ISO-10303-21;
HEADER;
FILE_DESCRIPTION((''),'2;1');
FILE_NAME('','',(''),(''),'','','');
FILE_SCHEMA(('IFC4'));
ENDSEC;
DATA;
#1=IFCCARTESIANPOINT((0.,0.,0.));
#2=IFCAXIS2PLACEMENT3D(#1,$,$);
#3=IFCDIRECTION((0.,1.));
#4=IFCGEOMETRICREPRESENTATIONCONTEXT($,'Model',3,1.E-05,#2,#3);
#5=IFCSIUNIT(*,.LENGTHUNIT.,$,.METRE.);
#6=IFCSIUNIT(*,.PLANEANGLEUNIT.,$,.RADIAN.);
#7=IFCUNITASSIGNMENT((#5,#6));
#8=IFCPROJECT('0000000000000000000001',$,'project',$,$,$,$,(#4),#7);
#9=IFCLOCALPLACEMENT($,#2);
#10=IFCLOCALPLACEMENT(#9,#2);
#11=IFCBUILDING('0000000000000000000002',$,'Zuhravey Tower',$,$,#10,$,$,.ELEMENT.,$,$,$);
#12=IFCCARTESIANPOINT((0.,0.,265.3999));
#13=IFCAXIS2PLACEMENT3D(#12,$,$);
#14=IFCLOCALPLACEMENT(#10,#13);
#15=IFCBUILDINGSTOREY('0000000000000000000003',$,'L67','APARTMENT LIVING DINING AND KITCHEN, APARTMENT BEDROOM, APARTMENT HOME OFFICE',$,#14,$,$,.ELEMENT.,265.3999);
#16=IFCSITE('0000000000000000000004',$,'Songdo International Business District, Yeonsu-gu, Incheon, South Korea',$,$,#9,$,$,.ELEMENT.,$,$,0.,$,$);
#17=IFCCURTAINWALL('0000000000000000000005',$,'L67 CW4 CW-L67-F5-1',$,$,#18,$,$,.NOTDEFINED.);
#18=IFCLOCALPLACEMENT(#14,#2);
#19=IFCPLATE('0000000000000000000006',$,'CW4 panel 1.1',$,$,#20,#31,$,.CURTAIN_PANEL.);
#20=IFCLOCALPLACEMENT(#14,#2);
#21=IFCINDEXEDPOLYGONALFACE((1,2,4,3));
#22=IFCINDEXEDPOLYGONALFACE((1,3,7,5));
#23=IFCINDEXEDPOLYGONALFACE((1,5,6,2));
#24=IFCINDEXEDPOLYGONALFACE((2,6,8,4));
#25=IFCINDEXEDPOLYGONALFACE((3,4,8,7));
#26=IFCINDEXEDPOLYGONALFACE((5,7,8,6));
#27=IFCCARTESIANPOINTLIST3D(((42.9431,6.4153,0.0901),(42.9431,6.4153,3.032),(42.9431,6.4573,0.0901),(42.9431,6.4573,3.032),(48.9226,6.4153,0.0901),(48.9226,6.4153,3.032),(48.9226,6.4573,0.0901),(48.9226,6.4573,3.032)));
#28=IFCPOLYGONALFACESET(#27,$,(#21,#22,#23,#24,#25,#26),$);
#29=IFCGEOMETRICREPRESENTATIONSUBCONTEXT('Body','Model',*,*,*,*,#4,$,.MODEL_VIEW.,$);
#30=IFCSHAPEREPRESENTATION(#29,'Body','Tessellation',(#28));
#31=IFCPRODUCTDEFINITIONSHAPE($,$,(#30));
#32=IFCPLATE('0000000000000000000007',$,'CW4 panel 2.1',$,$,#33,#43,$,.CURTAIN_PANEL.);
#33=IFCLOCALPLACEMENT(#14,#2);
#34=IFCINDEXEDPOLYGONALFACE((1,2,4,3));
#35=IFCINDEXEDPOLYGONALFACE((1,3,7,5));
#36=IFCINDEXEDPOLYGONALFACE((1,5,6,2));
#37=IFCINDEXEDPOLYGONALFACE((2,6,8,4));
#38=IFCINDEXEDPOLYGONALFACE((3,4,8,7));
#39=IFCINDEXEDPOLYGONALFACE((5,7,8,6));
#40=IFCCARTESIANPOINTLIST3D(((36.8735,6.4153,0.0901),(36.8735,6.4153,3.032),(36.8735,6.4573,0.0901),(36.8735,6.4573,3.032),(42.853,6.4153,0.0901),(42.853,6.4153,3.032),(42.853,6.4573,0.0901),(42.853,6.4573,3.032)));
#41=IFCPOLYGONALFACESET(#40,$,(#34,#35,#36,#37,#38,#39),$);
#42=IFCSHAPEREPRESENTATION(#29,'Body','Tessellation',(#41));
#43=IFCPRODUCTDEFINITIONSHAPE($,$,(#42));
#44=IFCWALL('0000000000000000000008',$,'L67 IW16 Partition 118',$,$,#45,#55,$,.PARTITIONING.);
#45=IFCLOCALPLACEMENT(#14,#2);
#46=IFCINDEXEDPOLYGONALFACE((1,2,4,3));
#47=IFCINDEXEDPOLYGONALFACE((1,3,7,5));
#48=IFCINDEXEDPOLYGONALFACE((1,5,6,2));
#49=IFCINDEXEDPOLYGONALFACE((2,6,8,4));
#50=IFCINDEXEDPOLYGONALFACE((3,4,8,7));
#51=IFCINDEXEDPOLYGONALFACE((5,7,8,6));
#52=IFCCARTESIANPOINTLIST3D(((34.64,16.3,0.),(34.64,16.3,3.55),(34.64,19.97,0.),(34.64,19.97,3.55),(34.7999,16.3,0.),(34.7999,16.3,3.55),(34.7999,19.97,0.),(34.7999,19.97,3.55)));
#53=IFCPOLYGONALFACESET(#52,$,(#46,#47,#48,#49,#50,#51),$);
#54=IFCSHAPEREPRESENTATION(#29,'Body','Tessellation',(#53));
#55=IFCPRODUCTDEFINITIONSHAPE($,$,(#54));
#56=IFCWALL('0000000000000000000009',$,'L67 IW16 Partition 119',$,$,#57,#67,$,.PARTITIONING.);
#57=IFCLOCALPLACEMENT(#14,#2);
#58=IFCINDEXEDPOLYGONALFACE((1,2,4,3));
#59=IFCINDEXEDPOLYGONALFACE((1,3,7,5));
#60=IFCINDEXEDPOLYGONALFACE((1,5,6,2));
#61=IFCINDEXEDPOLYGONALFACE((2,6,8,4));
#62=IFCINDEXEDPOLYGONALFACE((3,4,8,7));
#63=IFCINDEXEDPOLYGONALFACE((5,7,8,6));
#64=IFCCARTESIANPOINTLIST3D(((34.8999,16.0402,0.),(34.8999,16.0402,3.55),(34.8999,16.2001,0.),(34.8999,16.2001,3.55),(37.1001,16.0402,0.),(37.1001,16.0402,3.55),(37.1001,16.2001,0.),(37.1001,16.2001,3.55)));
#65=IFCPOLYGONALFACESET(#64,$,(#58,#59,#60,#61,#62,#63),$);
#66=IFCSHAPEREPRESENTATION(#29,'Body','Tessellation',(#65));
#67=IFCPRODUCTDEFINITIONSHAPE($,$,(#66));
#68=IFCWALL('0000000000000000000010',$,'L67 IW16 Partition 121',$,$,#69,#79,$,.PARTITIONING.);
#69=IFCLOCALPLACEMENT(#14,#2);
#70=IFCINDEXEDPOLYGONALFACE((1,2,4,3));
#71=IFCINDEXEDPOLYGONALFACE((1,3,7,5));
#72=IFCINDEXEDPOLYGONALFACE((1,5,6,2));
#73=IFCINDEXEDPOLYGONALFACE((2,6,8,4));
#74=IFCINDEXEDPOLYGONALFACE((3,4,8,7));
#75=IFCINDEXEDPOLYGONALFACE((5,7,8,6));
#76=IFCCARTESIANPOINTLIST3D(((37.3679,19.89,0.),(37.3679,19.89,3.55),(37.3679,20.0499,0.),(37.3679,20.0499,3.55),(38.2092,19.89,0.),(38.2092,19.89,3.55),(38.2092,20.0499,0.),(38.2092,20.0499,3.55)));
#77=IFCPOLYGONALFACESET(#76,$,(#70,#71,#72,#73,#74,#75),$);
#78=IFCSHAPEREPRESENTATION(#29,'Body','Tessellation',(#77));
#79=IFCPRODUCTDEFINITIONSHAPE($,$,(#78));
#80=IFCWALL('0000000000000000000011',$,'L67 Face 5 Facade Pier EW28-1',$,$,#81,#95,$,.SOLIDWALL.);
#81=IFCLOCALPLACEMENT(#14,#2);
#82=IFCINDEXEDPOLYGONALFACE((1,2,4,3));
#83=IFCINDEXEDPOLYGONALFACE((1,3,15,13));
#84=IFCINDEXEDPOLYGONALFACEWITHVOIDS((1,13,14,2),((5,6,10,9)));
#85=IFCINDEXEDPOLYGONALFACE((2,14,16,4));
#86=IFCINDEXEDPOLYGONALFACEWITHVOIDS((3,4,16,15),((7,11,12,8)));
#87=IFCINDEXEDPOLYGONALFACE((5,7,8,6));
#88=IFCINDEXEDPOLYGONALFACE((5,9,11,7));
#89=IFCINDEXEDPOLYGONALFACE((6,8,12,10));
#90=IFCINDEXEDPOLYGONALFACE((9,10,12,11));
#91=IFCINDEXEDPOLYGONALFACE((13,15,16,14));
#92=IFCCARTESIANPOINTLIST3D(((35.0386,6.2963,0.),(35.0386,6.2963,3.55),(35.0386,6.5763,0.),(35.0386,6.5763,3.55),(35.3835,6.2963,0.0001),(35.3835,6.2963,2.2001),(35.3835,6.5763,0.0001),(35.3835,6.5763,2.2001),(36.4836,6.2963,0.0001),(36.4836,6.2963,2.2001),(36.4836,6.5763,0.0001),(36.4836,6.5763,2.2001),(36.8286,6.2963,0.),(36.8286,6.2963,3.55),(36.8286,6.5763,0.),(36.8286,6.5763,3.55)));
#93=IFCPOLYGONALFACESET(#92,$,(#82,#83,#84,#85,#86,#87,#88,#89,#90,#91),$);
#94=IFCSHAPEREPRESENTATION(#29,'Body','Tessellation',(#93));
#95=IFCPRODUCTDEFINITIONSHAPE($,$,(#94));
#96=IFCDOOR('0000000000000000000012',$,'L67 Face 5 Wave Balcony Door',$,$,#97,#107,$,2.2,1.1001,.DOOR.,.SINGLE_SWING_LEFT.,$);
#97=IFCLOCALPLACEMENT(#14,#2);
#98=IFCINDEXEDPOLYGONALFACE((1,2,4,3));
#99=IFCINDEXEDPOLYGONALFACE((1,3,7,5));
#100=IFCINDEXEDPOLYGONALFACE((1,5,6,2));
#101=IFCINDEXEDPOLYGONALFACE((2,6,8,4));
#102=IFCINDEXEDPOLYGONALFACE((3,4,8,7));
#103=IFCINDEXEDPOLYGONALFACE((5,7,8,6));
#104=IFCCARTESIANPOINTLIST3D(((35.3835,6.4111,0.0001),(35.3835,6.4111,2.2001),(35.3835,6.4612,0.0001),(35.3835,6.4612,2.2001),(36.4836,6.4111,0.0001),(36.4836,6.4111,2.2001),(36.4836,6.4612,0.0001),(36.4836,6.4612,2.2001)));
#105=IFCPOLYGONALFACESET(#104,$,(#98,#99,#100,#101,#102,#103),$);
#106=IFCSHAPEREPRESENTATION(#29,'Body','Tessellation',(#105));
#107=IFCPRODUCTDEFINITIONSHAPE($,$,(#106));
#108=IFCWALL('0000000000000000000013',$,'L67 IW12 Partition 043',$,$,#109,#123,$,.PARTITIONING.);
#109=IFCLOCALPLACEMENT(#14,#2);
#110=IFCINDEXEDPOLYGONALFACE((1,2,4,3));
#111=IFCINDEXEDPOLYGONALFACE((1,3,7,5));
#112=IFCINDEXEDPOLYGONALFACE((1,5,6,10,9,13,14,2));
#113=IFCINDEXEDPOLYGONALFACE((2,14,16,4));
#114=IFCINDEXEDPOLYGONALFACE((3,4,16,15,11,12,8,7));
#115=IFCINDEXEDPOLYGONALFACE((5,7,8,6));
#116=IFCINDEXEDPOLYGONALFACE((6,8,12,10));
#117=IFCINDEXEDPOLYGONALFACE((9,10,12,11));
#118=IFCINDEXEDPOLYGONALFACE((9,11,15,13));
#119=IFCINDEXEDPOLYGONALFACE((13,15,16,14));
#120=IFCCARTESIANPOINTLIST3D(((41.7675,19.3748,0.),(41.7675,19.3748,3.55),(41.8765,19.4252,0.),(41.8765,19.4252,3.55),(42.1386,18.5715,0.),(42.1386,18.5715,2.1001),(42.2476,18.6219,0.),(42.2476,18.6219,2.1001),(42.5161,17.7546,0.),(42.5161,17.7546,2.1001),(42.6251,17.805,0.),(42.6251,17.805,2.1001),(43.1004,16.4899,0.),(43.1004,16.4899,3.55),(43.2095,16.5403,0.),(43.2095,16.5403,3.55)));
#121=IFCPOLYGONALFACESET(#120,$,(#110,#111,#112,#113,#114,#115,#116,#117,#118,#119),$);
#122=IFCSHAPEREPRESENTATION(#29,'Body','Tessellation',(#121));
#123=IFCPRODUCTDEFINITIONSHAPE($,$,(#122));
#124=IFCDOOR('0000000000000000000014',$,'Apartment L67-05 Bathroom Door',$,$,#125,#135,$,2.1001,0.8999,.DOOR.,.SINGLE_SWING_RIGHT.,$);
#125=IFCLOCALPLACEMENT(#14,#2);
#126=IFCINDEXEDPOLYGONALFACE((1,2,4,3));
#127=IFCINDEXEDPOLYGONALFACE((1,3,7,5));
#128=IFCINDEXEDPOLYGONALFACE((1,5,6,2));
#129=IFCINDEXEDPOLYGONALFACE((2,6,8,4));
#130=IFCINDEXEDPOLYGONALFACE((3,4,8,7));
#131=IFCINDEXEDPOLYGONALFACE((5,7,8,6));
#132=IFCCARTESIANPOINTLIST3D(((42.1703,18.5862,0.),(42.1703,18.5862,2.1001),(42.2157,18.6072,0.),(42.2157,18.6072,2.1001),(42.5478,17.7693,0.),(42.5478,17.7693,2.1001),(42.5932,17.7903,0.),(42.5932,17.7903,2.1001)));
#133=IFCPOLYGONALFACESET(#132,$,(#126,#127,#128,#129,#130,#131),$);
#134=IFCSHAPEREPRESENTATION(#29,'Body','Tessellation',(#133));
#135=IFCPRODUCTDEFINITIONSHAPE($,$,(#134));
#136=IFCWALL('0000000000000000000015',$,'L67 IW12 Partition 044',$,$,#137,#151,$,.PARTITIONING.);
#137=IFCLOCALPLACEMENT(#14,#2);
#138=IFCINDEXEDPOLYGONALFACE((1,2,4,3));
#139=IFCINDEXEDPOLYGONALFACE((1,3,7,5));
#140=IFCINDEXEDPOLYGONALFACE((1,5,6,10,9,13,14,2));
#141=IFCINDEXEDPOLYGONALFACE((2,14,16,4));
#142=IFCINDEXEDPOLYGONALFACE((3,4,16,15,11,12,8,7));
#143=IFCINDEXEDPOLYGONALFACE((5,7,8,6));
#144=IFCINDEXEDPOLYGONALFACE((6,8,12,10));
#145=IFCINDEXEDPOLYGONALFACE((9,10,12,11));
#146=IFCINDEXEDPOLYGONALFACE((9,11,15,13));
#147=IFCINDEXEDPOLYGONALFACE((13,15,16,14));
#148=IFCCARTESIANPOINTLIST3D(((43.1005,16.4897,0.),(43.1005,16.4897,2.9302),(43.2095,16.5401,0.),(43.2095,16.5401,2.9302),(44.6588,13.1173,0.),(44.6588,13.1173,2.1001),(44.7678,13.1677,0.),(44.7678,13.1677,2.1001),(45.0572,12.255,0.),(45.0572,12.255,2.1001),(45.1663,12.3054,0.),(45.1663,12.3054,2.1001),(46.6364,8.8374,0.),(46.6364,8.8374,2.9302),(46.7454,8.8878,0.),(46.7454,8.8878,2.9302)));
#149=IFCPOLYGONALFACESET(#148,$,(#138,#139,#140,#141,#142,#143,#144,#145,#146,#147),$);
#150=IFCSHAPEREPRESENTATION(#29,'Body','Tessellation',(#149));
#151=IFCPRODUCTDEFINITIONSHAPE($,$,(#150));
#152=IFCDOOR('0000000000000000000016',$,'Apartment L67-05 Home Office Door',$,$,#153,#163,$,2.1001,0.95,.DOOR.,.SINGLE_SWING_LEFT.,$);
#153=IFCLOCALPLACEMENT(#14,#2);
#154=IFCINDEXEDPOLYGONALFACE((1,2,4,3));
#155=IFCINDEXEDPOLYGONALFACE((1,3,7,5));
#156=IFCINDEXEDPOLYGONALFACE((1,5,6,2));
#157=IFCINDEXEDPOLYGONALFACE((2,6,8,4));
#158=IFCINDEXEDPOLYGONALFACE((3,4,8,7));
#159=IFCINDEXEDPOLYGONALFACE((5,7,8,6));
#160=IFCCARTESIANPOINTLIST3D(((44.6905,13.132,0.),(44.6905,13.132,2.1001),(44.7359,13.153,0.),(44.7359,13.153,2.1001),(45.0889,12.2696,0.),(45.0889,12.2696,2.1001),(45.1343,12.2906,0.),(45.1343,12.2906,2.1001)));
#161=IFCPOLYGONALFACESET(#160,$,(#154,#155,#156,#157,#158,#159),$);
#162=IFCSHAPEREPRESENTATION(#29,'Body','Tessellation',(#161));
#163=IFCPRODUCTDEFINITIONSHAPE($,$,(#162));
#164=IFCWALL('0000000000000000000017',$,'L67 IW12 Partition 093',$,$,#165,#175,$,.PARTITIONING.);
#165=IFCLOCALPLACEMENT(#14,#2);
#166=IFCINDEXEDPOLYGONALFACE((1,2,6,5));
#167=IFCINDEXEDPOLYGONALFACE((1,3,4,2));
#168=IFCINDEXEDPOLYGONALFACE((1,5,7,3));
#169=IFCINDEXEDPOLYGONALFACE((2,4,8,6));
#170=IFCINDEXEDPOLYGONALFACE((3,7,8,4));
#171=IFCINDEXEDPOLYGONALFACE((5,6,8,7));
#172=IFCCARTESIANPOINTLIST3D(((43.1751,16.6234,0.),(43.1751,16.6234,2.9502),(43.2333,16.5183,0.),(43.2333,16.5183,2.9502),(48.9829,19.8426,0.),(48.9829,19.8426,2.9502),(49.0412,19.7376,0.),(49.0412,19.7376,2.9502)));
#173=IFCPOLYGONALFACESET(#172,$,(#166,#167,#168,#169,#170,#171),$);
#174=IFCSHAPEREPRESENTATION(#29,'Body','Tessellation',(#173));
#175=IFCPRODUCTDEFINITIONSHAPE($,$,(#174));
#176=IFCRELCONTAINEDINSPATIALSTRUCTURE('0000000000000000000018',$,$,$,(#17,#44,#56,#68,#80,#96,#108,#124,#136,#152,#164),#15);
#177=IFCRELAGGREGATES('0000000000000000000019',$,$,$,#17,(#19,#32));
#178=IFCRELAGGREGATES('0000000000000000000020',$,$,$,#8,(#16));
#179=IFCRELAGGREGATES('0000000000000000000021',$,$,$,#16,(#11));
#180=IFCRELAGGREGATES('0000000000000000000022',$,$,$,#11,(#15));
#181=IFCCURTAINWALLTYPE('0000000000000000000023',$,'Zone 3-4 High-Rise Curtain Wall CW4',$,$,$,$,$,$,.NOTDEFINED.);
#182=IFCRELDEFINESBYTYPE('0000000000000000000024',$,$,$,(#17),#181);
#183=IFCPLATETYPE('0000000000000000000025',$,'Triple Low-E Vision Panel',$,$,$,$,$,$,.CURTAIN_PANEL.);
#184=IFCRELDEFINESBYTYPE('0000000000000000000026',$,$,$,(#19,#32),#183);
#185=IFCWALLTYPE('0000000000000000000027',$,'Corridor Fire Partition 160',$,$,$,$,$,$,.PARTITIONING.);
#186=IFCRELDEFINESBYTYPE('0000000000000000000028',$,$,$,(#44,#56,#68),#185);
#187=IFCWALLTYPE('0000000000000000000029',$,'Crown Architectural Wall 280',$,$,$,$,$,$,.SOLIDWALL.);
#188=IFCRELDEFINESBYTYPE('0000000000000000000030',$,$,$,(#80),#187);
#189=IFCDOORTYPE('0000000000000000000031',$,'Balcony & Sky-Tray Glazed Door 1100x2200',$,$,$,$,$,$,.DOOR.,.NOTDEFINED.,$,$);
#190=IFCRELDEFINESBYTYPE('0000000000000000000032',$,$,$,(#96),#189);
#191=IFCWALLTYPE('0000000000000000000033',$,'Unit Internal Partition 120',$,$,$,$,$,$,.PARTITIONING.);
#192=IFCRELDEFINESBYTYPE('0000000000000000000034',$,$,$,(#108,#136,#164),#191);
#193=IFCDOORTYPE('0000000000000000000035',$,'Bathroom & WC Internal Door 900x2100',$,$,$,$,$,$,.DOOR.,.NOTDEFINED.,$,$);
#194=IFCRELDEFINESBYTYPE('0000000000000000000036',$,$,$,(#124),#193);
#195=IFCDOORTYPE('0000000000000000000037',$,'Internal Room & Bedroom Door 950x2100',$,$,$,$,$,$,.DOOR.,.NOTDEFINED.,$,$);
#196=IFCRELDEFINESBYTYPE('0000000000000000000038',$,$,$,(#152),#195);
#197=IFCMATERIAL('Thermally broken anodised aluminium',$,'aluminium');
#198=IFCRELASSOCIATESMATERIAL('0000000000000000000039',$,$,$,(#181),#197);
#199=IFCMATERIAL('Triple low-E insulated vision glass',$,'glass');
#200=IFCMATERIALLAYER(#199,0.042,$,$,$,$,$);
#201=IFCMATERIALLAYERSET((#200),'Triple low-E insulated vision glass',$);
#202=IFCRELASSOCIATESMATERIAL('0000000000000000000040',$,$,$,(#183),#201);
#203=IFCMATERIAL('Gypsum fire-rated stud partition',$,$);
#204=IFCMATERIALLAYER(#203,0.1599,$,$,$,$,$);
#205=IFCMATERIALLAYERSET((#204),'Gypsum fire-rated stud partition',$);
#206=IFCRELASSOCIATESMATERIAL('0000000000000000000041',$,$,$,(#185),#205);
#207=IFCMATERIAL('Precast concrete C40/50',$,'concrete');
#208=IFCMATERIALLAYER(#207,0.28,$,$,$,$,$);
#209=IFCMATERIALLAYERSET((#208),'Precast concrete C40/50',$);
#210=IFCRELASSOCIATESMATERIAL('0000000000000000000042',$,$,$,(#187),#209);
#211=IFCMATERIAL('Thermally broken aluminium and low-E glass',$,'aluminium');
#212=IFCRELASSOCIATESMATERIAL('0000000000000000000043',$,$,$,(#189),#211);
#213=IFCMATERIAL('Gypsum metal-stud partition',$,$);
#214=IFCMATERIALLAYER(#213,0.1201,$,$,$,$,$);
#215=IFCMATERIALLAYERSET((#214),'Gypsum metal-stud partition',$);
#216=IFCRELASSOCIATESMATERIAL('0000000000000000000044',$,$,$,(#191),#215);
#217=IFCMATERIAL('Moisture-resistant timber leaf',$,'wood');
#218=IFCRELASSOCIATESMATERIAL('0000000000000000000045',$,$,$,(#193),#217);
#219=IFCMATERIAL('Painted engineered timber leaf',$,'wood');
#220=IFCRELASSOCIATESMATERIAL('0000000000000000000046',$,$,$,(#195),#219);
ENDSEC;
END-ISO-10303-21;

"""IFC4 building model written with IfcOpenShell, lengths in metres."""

from ifc_helpers import new_model, si_unit, direction, frame, frame_2d, origin, origin_2d, place, context, subcontext, project, spatial, rectangle, extrude, material, layer, layer_set, type_object, element, fill, aggregate, save


model = new_model("IFC4")

# Units and contexts
model_context = context("Model", 3, precision=1e-05, world=origin(), true_north=direction((0.0, 1.0)))
body_context = subcontext(model_context, "Body", "Model", "MODEL_VIEW")
ifc_project = project(units=[si_unit("LENGTHUNIT", "METRE"), si_unit("PLANEANGLEUNIT", "RADIAN")], contexts=[model_context])

# Site, building, storey
site_placement = place(None, origin())
site = spatial("IfcSite", under=ifc_project, at=site_placement, Name="Songdo International Business District, Yeonsu-gu, Incheon, South Korea", CompositionType="ELEMENT", RefElevation=0.0)
building_placement = place(site_placement, origin())
building = spatial("IfcBuilding", under=site, at=building_placement, Name="Zuhravey Tower", CompositionType="ELEMENT")
storey_placement = place(building_placement, frame((0.0, 0.0, 265.3999)))
storey = spatial("IfcBuildingStorey", under=building, at=storey_placement, Name="L67", Description="APARTMENT LIVING DINING AND KITCHEN, APARTMENT BEDROOM, APARTMENT HOME OFFICE", CompositionType="ELEMENT", Elevation=265.3999)

# Curtain wall
ifc_material_1 = material(Name="Thermally broken anodised aluminium", Category="aluminium")
curtain_wall_type = type_object("IfcCurtainWallType", Name="Zone 3-4 High-Rise Curtain Wall CW4", PredefinedType="NOTDEFINED", material=ifc_material_1)
curtain_wall_1_placement = place(storey_placement, origin())
curtain_wall_1 = element("IfcCurtainWall", 1, at=curtain_wall_1_placement, inside=storey, type_object=curtain_wall_type, Name="L67 CW4 CW-L67-F5-1", PredefinedType="NOTDEFINED")

# Plates
ifc_material_2 = material(Name="Triple low-E insulated vision glass", Category="glass")
ifc_layer_1 = layer(ifc_material_2, 0.042)
ifc_layer_set_1 = layer_set([ifc_layer_1], Name="Triple low-E insulated vision glass")
plate_type = type_object("IfcPlateType", Name="Triple Low-E Vision Panel", PredefinedType="CURTAIN_PANEL", material=ifc_layer_set_1)
plate_1_placement = place(storey_placement, frame((45.9329, 6.4363, 0.0901), z_axis=(0.0, 0.0, 1.0), x_axis=(-1.0, 0.0, 0.0)))
plate_1 = element("IfcPlate", 2, at=plate_1_placement, type_object=plate_type, Name="CW4 panel 1.1", PredefinedType="CURTAIN_PANEL", context=body_context, shape_type="SweptSolid", body=[
    extrude(rectangle(XDim=5.9795, YDim=0.042, at=origin_2d()), origin(), (0.0, 0.0, 1.0), 2.9419),
])
plate_2_placement = place(storey_placement, frame((39.8633, 6.4363, 0.0901), z_axis=(0.0, 0.0, 1.0), x_axis=(-1.0, 0.0, 0.0)))
plate_2 = element("IfcPlate", 3, at=plate_2_placement, type_object=plate_type, Name="CW4 panel 2.1", PredefinedType="CURTAIN_PANEL", context=body_context, shape_type="SweptSolid", body=[
    extrude(rectangle(XDim=5.9795, YDim=0.042, at=origin_2d()), origin(), (0.0, 0.0, 1.0), 2.9419),
])
aggregate(curtain_wall_1, [plate_1, plate_2])

# Shared definitions
ifc_material_3 = material(Name="Gypsum fire-rated stud partition")
ifc_layer_2 = layer(ifc_material_3, 0.1599)
ifc_layer_set_2 = layer_set([ifc_layer_2], Name="Gypsum fire-rated stud partition")
wall_type_1 = type_object("IfcWallType", Name="Corridor Fire Partition 160", PredefinedType="PARTITIONING", material=ifc_layer_set_2)

# Walls
wall_1_placement = place(storey_placement, frame((34.72, 19.97, 0.0), z_axis=(0.0, 0.0, 1.0), x_axis=(0.0, -1.0, 0.0)))
element("IfcWall", 4, at=wall_1_placement, inside=storey, type_object=wall_type_1, Name="L67 IW16 Partition 118", PredefinedType="PARTITIONING", context=body_context, shape_type="SweptSolid", body=[
    extrude(rectangle(XDim=3.6699, YDim=0.1599, at=frame_2d((1.835, 0.0))), origin(), (0.0, 0.0, 1.0), 3.55),
])
wall_2_placement = place(storey_placement, frame((34.8999, 16.1201, 0.0), z_axis=(0.0, 0.0, 1.0), x_axis=(1.0, 0.0, 0.0)))
element("IfcWall", 5, at=wall_2_placement, inside=storey, type_object=wall_type_1, Name="L67 IW16 Partition 119", PredefinedType="PARTITIONING", context=body_context, shape_type="SweptSolid", body=[
    extrude(rectangle(XDim=2.2002, YDim=0.1599, at=frame_2d((1.1001, 0.0))), origin(), (0.0, 0.0, 1.0), 3.55),
])
wall_3_placement = place(storey_placement, frame((37.3679, 19.97, 0.0), z_axis=(0.0, 0.0, 1.0), x_axis=(1.0, 0.0, 0.0)))
element("IfcWall", 6, at=wall_3_placement, inside=storey, type_object=wall_type_1, Name="L67 IW16 Partition 121", PredefinedType="PARTITIONING", context=body_context, shape_type="SweptSolid", body=[
    extrude(rectangle(XDim=0.8413, YDim=0.1599, at=frame_2d((0.4207, 0.0))), origin(), (0.0, 0.0, 1.0), 3.55),
])

# Walls, openings, doors
ifc_material_4 = material(Name="Precast concrete C40/50", Category="concrete")
ifc_layer_3 = layer(ifc_material_4, 0.28)
ifc_layer_set_3 = layer_set([ifc_layer_3], Name="Precast concrete C40/50")
wall_type_2 = type_object("IfcWallType", Name="Crown Architectural Wall 280", PredefinedType="SOLIDWALL", material=ifc_layer_set_3)
wall_4_placement = place(storey_placement, frame((36.8286, 6.4363, 0.0), z_axis=(0.0, 0.0, 1.0), x_axis=(-1.0, 0.0, 0.0)))
wall_4 = element("IfcWall", 7, at=wall_4_placement, inside=storey, type_object=wall_type_2, Name="L67 Face 5 Facade Pier EW28-1", PredefinedType="SOLIDWALL", context=body_context, shape_type="SweptSolid", body=[
    extrude(rectangle(XDim=1.79, YDim=0.28, at=frame_2d((0.895, 0.0))), origin(), (0.0, 0.0, 1.0), 3.55),
])
opening_1_placement = place(wall_4_placement, frame((0.345, 0.0, 0.0)))
opening_1 = element("IfcOpeningElement", 8, at=opening_1_placement, cuts=wall_4, PredefinedType="OPENING", context=body_context, shape_type="SweptSolid", body=[
    extrude(rectangle(XDim=1.1001, YDim=2.2, at=frame_2d((0.55, 1.1001))), frame((0.0, 0.1521, 0.0), z_axis=(0.0, -1.0, 0.0), x_axis=(1.0, 0.0, 0.0)), (0.0, 0.0, 1.0), 0.304),
])
ifc_material_5 = material(Name="Thermally broken aluminium and low-E glass", Category="aluminium")
door_type_1 = type_object("IfcDoorType", Name="Balcony & Sky-Tray Glazed Door 1100x2200", OperationType="NOTDEFINED", PredefinedType="DOOR", material=ifc_material_5)
door_1_placement = place(opening_1_placement, frame((1.1001, 0.0, 0.0), z_axis=(0.0, 0.0, 1.0), x_axis=(-1.0, 0.0, 0.0)))
door_1 = element("IfcDoor", 9, at=door_1_placement, inside=storey, type_object=door_type_1, Name="L67 Face 5 Wave Balcony Door", OperationType="SINGLE_SWING_LEFT", OverallHeight=2.2, OverallWidth=1.1001, PredefinedType="DOOR", context=body_context, shape_type="SweptSolid", body=[
    extrude(rectangle(XDim=1.1001, YDim=2.2, at=frame_2d((0.55, 1.1001))), frame((0.0, 0.0249, 0.0), z_axis=(0.0, -1.0, 0.0), x_axis=(1.0, 0.0, 0.0)), (0.0, 0.0, 1.0), 0.05),
])
fill(opening_1, door_1)
ifc_material_6 = material(Name="Gypsum metal-stud partition")
ifc_layer_4 = layer(ifc_material_6, 0.1201)
ifc_layer_set_4 = layer_set([ifc_layer_4], Name="Gypsum metal-stud partition")
wall_type_3 = type_object("IfcWallType", Name="Unit Internal Partition 120", PredefinedType="PARTITIONING", material=ifc_layer_set_4)
wall_5_placement = place(storey_placement, frame((41.822, 19.3999, 0.0), z_axis=(0.0, 0.0, 1.0), x_axis=(0.419438, -0.907784, 0.0)))
wall_5 = element("IfcWall", 10, at=wall_5_placement, inside=storey, type_object=wall_type_3, Name="L67 IW12 Partition 043", PredefinedType="PARTITIONING", context=body_context, shape_type="SweptSolid", body=[
    extrude(rectangle(XDim=3.178, YDim=0.1201, at=frame_2d((1.5889, 0.0))), origin(), (0.0, 0.0, 1.0), 3.55),
])
opening_2_placement = place(wall_5_placement, frame((0.8848, 0.0, 0.0)))
opening_2 = element("IfcOpeningElement", 11, at=opening_2_placement, cuts=wall_5, PredefinedType="OPENING", context=body_context, shape_type="SweptSolid", body=[
    extrude(rectangle(XDim=0.8999, YDim=2.1001, at=frame_2d((0.45, 1.05))), frame((0.0, 0.072, 0.0), z_axis=(0.0, -1.0, 0.0), x_axis=(1.0, 0.0, 0.0)), (0.0, 0.0, 1.0), 0.144),
])
ifc_material_7 = material(Name="Moisture-resistant timber leaf", Category="wood")
door_type_2 = type_object("IfcDoorType", Name="Bathroom & WC Internal Door 900x2100", OperationType="NOTDEFINED", PredefinedType="DOOR", material=ifc_material_7)
door_2_placement = place(opening_2_placement, origin())
door_2 = element("IfcDoor", 12, at=door_2_placement, inside=storey, type_object=door_type_2, Name="Apartment L67-05 Bathroom Door", OperationType="SINGLE_SWING_RIGHT", OverallHeight=2.1001, OverallWidth=0.8999, PredefinedType="DOOR", context=body_context, shape_type="SweptSolid", body=[
    extrude(rectangle(XDim=0.8999, YDim=2.1001, at=frame_2d((0.45, 1.05))), frame((0.0, 0.0249, 0.0), z_axis=(0.0, -1.0, 0.0), x_axis=(1.0, 0.0, 0.0)), (0.0, 0.0, 1.0), 0.05),
])
fill(opening_2, door_2)
wall_6_placement = place(storey_placement, frame((43.155, 16.5149, 0.0), z_axis=(0.0, 0.0, 1.0), x_axis=(0.419453, -0.907777, 0.0)))
wall_6 = element("IfcWall", 13, at=wall_6_placement, inside=storey, type_object=wall_type_3, Name="L67 IW12 Partition 044", PredefinedType="PARTITIONING", context=body_context, shape_type="SweptSolid", body=[
    extrude(rectangle(XDim=8.4297, YDim=0.1201, at=frame_2d((4.2148, 0.0))), origin(), (0.0, 0.0, 1.0), 2.9302),
])
opening_3_placement = place(wall_6_placement, frame((3.7148, 0.0, 0.0)))
opening_3 = element("IfcOpeningElement", 14, at=opening_3_placement, cuts=wall_6, PredefinedType="OPENING", context=body_context, shape_type="SweptSolid", body=[
    extrude(rectangle(XDim=0.95, YDim=2.1001, at=frame_2d((0.4751, 1.05))), frame((0.0, 0.072, 0.0), z_axis=(0.0, -1.0, 0.0), x_axis=(1.0, 0.0, 0.0)), (0.0, 0.0, 1.0), 0.144),
])
ifc_material_8 = material(Name="Painted engineered timber leaf", Category="wood")
door_type_3 = type_object("IfcDoorType", Name="Internal Room & Bedroom Door 950x2100", OperationType="NOTDEFINED", PredefinedType="DOOR", material=ifc_material_8)
door_3_placement = place(opening_3_placement, origin())
door_3 = element("IfcDoor", 15, at=door_3_placement, inside=storey, type_object=door_type_3, Name="Apartment L67-05 Home Office Door", OperationType="SINGLE_SWING_LEFT", OverallHeight=2.1001, OverallWidth=0.95, PredefinedType="DOOR", context=body_context, shape_type="SweptSolid", body=[
    extrude(rectangle(XDim=0.95, YDim=2.1001, at=frame_2d((0.4751, 1.05))), frame((0.0, 0.0249, 0.0), z_axis=(0.0, -1.0, 0.0), x_axis=(1.0, 0.0, 0.0)), (0.0, 0.0, 1.0), 0.05),
])
fill(opening_3, door_3)

# Wall
wall_7_placement = place(storey_placement, frame((43.2041, 16.5708, 0.0), z_axis=(0.0, 0.0, 1.0), x_axis=(0.874627, 0.484797, 0.0)))
element("IfcWall", 16, at=wall_7_placement, inside=storey, type_object=wall_type_3, Name="L67 IW12 Partition 093", PredefinedType="PARTITIONING", context=body_context, shape_type="SweptSolid", body=[
    extrude(rectangle(XDim=6.6404, YDim=0.1201, at=frame_2d((3.3203, 0.0))), origin(), (0.0, 0.0, 1.0), 2.9502),
])

save(model, "model.ifc")
